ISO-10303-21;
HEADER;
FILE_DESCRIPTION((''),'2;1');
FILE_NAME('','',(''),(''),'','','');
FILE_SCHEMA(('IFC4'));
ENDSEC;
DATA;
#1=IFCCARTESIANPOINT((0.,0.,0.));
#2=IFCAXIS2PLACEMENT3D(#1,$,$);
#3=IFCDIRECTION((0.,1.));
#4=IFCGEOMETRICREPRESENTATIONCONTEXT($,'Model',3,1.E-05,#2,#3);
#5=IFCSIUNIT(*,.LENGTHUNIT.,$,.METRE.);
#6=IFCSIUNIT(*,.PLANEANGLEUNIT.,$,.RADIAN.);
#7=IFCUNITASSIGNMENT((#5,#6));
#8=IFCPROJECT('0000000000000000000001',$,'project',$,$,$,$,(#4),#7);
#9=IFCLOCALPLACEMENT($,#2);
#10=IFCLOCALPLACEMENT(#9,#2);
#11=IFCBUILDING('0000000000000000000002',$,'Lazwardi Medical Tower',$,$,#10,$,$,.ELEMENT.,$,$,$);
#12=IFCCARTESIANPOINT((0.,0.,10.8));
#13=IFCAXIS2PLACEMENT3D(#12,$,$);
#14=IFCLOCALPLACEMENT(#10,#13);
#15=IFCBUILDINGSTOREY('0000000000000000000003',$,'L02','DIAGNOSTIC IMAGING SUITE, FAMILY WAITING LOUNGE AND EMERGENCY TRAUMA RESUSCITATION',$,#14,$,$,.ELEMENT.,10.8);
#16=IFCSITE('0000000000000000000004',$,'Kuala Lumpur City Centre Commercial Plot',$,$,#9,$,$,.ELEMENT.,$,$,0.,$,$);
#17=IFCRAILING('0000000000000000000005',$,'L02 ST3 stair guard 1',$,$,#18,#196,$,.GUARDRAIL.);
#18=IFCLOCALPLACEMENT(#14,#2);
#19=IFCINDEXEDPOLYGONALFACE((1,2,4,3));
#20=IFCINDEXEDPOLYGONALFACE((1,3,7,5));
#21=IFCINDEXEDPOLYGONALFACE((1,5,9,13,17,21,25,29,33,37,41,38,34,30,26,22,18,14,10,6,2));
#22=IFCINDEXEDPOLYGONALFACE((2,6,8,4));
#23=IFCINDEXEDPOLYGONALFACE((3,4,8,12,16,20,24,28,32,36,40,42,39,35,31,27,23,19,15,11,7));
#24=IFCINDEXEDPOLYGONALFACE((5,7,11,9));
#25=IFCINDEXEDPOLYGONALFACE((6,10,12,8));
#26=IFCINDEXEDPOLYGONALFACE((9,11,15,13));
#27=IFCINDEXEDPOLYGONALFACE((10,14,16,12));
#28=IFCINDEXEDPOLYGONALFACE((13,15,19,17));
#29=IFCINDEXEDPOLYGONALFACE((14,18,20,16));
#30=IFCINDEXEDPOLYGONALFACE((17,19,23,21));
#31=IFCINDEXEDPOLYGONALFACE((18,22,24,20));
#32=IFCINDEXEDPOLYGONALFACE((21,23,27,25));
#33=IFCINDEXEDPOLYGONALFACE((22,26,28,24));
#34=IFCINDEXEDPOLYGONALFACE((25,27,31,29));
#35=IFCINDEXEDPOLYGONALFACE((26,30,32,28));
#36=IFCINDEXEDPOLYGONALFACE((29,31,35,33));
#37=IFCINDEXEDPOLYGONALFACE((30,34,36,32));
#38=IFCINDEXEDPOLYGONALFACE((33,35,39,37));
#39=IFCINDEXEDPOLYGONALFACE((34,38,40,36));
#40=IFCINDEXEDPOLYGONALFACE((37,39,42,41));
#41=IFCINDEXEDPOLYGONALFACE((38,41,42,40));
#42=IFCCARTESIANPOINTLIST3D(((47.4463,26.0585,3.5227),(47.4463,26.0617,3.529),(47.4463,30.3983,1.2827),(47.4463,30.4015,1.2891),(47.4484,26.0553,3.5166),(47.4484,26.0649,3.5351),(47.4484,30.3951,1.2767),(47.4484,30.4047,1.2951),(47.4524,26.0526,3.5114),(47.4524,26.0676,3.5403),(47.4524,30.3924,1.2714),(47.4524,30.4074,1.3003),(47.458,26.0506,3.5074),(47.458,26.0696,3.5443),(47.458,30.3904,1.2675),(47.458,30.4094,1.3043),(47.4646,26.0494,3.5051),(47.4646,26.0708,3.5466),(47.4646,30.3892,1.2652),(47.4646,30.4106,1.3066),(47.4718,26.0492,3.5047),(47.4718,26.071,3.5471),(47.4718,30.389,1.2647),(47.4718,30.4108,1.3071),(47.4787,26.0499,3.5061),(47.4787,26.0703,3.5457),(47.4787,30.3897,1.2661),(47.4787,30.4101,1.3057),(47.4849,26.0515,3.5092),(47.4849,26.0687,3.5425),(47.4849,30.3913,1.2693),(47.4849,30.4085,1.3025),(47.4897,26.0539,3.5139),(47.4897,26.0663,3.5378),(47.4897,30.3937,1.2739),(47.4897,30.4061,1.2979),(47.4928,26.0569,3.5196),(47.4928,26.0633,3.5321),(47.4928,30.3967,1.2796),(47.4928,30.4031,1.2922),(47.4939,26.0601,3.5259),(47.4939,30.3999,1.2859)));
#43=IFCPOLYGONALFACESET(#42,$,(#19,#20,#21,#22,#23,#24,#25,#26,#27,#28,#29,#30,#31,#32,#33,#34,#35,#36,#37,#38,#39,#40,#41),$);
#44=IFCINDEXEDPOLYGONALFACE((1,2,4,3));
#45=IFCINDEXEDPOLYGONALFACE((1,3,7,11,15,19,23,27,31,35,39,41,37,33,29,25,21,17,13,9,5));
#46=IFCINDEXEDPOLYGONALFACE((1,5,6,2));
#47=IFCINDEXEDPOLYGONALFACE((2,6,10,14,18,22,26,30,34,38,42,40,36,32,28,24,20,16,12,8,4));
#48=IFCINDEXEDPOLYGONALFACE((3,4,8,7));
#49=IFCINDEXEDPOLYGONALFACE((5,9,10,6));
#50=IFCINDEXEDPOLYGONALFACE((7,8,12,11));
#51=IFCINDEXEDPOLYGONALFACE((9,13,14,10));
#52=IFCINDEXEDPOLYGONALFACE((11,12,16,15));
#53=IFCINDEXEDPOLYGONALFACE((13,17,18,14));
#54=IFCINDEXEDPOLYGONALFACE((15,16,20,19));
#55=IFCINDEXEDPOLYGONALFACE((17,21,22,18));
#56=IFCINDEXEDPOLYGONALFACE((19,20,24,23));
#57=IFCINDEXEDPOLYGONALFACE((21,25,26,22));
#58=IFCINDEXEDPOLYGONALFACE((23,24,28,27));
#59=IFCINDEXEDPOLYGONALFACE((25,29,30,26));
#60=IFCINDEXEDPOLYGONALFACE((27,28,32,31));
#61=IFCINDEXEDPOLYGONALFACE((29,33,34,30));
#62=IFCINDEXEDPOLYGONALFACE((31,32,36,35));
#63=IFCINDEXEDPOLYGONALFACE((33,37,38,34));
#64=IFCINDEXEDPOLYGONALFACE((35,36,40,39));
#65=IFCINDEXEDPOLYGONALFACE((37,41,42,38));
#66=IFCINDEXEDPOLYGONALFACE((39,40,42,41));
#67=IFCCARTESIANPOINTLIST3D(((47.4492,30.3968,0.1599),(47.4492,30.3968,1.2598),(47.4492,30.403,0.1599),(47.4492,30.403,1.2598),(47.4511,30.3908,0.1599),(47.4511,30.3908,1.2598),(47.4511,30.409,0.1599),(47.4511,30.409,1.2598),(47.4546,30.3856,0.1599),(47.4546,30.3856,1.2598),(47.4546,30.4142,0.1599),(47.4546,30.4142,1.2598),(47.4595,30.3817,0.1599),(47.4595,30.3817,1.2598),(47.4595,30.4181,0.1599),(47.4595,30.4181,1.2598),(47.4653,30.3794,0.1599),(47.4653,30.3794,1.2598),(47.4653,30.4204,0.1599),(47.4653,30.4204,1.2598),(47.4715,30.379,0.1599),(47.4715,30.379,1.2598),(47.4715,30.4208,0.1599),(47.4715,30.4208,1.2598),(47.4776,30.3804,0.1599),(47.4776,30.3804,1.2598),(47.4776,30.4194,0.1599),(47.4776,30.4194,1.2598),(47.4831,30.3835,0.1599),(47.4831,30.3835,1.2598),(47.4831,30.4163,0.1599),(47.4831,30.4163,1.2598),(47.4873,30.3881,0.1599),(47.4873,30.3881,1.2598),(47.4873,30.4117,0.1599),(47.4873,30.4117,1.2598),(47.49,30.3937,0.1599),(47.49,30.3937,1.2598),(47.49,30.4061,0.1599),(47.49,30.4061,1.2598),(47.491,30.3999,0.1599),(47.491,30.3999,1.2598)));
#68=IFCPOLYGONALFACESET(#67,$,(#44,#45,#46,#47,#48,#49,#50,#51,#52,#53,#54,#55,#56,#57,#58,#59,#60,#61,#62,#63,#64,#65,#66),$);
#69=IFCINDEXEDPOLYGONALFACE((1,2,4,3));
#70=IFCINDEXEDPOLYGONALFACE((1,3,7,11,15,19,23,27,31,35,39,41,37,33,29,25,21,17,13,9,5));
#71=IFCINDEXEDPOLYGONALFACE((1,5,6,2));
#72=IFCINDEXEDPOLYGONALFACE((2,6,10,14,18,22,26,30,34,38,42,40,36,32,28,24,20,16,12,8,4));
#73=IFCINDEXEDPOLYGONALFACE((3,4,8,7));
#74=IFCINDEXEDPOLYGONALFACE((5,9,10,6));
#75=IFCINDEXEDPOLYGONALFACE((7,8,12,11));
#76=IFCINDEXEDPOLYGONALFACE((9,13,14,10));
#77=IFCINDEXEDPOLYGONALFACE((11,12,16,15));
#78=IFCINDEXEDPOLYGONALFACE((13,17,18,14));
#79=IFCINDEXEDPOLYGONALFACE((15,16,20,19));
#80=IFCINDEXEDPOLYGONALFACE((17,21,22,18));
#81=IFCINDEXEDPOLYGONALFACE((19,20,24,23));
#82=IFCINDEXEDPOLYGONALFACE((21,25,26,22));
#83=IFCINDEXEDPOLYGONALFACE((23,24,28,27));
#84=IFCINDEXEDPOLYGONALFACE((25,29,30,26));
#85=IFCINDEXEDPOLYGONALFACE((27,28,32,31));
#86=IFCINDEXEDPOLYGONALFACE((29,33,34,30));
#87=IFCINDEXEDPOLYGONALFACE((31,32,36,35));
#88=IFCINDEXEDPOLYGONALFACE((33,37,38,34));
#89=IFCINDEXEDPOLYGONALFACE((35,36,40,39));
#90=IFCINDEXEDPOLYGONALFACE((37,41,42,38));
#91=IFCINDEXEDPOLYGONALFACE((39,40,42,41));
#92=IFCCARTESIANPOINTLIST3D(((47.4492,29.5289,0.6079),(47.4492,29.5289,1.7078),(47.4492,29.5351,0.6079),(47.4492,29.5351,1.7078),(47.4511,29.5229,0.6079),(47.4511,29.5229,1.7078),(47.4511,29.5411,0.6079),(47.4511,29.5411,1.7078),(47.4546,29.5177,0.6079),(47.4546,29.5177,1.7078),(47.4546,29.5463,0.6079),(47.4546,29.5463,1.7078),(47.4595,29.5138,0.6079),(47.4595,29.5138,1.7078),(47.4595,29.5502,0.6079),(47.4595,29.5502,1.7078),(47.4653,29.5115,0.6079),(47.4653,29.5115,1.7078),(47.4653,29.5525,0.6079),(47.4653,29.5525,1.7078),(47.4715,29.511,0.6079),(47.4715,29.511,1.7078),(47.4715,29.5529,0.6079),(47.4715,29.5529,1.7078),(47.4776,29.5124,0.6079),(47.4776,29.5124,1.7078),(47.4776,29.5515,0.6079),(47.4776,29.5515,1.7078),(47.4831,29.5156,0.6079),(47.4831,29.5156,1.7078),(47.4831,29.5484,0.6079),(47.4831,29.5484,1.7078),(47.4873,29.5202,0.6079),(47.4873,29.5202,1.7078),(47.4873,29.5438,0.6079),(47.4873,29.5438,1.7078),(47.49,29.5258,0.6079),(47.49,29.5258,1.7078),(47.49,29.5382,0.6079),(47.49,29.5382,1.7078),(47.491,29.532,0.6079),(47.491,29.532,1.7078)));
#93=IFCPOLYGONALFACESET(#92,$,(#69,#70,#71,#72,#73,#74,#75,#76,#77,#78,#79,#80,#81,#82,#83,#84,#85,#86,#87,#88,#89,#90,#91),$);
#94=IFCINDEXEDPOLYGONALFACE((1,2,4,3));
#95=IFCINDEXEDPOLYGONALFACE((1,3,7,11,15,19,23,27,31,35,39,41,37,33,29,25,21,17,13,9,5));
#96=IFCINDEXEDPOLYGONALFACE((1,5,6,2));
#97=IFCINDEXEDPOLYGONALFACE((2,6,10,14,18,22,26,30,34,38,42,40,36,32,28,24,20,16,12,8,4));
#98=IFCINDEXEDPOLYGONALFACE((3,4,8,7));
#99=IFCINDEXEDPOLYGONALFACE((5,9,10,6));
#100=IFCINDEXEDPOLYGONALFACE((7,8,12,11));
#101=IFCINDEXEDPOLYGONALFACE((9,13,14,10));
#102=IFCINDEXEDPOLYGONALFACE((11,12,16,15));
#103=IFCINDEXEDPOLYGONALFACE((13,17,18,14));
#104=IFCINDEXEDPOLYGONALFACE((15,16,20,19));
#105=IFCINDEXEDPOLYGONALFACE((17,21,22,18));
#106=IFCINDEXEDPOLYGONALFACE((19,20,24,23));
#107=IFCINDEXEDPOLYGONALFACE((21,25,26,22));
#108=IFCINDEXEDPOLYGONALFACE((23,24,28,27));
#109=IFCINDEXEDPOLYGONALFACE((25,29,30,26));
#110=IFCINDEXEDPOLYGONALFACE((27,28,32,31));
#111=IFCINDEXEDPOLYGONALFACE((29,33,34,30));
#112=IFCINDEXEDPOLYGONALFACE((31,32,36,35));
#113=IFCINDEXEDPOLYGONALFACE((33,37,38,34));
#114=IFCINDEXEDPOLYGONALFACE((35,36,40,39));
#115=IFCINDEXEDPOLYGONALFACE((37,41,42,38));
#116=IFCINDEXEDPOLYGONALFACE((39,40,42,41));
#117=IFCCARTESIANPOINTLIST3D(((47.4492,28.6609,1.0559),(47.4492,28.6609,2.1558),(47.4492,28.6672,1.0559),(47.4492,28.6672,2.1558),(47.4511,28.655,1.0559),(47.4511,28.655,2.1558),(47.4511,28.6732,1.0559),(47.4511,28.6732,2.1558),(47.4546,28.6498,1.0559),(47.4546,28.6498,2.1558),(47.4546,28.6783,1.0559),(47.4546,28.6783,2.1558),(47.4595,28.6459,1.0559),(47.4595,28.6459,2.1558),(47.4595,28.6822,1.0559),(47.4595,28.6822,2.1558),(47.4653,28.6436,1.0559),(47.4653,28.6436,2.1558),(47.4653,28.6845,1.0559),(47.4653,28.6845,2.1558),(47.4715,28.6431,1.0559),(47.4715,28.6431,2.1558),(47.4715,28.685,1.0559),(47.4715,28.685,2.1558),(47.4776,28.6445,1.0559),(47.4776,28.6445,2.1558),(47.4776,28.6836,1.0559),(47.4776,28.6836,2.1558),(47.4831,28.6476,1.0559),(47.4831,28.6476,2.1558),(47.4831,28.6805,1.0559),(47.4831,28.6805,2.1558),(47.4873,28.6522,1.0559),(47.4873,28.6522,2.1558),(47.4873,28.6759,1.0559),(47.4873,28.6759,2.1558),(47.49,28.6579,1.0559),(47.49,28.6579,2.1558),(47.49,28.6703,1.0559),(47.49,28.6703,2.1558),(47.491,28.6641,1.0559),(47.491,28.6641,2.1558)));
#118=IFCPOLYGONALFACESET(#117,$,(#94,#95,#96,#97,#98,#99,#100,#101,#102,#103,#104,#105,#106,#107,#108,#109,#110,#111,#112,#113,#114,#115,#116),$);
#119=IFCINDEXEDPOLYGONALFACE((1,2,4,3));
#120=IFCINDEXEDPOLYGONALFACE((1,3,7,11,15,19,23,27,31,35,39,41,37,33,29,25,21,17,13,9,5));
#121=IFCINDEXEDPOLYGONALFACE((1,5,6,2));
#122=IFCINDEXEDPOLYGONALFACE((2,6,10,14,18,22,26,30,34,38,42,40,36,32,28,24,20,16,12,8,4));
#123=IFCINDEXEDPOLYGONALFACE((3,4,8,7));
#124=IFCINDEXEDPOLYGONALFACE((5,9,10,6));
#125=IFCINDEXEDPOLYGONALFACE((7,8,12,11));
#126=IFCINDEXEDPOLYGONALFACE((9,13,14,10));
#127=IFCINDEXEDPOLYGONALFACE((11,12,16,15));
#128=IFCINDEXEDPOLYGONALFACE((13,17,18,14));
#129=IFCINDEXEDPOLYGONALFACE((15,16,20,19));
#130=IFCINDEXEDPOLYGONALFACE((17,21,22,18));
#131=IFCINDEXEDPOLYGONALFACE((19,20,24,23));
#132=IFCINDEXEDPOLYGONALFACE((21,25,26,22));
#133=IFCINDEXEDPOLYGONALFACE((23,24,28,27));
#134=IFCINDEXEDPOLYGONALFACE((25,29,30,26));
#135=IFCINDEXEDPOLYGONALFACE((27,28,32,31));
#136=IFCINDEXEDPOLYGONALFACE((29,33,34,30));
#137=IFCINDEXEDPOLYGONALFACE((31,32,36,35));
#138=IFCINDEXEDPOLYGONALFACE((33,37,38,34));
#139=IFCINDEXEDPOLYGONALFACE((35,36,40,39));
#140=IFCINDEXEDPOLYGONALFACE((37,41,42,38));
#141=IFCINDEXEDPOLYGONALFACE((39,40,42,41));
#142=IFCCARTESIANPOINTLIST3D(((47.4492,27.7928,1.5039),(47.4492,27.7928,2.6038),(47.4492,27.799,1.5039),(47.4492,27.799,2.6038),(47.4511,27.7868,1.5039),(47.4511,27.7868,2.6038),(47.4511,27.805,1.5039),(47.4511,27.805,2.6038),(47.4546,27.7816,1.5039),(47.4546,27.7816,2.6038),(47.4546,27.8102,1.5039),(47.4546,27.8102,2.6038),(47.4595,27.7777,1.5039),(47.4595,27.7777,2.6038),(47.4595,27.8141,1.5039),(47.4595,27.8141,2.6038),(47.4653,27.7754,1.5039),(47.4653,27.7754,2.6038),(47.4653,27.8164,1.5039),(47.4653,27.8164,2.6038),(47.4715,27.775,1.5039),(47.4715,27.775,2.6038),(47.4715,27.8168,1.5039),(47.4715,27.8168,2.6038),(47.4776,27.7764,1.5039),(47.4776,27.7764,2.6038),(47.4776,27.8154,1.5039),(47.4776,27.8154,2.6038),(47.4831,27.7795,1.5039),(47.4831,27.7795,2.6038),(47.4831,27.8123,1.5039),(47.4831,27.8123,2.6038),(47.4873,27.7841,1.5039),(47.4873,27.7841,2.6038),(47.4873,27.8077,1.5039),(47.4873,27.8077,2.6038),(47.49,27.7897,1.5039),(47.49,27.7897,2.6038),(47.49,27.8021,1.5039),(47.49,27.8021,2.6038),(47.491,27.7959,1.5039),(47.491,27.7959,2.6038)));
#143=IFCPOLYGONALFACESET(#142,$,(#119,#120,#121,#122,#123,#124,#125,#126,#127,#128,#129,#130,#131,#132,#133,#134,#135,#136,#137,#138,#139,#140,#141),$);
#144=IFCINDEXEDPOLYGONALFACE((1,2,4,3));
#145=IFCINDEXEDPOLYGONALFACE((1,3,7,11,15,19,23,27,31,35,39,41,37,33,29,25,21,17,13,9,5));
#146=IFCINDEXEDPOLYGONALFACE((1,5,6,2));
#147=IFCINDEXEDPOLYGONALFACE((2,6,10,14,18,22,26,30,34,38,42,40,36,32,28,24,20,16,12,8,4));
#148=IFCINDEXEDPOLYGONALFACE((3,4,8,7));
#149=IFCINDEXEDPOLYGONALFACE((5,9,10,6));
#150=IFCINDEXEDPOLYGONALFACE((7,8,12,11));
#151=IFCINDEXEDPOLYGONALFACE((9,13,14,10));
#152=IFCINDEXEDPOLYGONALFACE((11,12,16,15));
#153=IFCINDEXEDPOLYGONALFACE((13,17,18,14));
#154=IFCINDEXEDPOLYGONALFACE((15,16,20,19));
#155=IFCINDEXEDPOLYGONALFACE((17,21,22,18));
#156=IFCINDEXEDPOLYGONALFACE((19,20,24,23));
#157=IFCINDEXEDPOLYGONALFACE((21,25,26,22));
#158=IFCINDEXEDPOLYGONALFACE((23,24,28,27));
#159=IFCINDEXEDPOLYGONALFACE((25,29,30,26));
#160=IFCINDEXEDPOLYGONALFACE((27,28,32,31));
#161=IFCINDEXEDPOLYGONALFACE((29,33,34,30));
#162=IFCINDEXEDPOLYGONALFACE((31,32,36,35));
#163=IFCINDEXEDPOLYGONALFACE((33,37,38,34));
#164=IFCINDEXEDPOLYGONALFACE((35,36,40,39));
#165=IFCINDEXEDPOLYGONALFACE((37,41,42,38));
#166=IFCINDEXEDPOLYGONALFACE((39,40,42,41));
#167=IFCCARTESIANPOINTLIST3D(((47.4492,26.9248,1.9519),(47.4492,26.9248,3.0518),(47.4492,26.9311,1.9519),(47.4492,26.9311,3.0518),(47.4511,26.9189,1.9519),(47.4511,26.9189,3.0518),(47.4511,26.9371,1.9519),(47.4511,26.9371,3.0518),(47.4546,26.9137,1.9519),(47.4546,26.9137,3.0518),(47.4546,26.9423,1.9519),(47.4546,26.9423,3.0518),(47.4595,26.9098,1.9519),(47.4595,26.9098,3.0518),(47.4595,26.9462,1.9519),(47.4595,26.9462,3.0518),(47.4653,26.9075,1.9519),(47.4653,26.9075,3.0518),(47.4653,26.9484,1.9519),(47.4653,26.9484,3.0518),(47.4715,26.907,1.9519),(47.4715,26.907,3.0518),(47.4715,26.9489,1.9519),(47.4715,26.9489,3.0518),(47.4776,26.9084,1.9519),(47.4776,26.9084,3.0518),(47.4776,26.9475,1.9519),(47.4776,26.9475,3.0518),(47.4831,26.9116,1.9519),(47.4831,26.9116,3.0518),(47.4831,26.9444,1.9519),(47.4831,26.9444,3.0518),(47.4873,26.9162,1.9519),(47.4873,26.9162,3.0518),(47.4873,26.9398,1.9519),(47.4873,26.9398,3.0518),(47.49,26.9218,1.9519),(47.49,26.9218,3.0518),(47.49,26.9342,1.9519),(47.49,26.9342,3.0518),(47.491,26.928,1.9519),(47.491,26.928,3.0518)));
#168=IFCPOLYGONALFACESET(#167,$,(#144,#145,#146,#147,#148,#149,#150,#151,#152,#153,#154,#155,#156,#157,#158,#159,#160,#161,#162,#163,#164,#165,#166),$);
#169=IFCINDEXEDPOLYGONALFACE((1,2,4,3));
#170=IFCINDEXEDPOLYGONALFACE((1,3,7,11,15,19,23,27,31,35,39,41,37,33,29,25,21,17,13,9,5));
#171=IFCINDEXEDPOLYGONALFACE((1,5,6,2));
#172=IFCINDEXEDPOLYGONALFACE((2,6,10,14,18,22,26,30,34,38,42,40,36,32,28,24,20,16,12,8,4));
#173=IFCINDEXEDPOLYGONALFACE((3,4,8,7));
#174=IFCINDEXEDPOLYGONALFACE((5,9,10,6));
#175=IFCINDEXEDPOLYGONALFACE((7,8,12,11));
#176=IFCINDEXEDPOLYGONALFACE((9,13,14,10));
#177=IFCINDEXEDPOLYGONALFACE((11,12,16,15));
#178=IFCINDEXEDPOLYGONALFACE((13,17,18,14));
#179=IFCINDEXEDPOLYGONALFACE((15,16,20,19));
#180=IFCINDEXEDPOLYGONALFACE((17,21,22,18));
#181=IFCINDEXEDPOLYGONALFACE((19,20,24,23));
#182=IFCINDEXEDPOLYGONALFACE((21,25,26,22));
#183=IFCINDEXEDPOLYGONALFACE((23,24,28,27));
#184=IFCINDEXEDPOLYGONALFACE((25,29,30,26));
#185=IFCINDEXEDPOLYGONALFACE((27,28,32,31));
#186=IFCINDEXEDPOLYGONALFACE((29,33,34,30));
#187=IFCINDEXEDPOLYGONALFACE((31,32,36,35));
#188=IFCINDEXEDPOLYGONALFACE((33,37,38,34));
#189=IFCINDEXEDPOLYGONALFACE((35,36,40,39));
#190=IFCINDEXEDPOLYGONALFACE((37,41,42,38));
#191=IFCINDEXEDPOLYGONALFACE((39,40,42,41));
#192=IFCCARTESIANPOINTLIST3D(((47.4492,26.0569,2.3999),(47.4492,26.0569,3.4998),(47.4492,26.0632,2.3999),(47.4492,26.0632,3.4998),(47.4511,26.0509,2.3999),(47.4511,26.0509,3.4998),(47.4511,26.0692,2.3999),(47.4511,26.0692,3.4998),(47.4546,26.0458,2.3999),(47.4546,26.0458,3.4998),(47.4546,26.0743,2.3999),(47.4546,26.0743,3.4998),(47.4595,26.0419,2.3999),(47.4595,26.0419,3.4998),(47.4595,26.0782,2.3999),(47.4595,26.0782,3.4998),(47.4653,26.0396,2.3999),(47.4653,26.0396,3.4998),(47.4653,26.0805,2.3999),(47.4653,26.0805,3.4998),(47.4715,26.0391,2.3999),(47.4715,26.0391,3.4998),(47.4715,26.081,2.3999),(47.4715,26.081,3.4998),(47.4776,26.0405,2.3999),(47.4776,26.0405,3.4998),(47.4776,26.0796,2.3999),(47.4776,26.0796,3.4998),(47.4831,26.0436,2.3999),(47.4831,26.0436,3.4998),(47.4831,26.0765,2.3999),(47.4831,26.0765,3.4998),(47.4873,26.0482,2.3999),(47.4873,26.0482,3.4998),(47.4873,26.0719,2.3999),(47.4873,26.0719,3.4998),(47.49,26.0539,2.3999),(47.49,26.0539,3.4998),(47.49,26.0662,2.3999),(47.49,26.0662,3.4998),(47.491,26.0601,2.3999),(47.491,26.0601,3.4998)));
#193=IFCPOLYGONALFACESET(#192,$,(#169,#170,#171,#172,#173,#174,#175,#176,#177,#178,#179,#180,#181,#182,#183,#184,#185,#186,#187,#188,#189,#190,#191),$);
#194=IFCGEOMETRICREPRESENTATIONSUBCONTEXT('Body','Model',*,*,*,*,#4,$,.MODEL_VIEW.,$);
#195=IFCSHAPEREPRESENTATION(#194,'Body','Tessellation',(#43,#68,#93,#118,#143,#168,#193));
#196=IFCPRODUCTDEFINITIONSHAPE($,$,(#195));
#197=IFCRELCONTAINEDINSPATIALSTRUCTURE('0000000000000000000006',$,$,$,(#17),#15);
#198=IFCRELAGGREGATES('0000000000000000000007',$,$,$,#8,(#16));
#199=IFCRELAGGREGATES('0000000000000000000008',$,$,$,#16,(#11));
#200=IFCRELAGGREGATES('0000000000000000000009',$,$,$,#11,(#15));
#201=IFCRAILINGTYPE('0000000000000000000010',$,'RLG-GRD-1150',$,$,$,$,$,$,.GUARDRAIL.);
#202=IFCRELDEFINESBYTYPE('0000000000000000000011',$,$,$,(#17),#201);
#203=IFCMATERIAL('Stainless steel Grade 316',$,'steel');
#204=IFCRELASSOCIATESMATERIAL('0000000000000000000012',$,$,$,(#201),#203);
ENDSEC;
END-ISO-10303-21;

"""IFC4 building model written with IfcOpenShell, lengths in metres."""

from ifc_helpers import new_model, si_unit, direction, frame, origin, origin_2d, place, context, subcontext, project, spatial, circle, extrude, material, type_object, element, save


model = new_model("IFC4")

# Units and contexts
model_context = context("Model", 3, precision=1e-05, world=origin(), true_north=direction((0.0, 1.0)))
body_context = subcontext(model_context, "Body", "Model", "MODEL_VIEW")
ifc_project = project(units=[si_unit("LENGTHUNIT", "METRE"), si_unit("PLANEANGLEUNIT", "RADIAN")], contexts=[model_context])

# Site, building, storey
site_placement = place(None, origin())
site = spatial("IfcSite", under=ifc_project, at=site_placement, Name="Kuala Lumpur City Centre Commercial Plot", CompositionType="ELEMENT", RefElevation=0.0)
building_placement = place(site_placement, origin())
building = spatial("IfcBuilding", under=site, at=building_placement, Name="Lazwardi Medical Tower", CompositionType="ELEMENT")
storey_placement = place(building_placement, frame((0.0, 0.0, 10.8)))
storey = spatial("IfcBuildingStorey", under=building, at=storey_placement, Name="L02", Description="DIAGNOSTIC IMAGING SUITE, FAMILY WAITING LOUNGE AND EMERGENCY TRAUMA RESUSCITATION", CompositionType="ELEMENT", Elevation=10.8)

# Railing
ifc_material_1 = material(Name="Stainless steel Grade 316", Category="steel")
railing_type_1 = type_object("IfcRailingType", Name="RLG-GRD-1150", PredefinedType="GUARDRAIL", material=ifc_material_1)
railing_1_placement = place(storey_placement, frame((47.47, 30.3999, 0.1599)))
element("IfcRailing", 1, at=railing_1_placement, inside=storey, type_object=railing_type_1, Name="L02 ST3 stair guard 1", PredefinedType="GUARDRAIL", context=body_context, shape_type="SweptSolid", body=[
    extrude(circle(Radius=0.0239, at=origin_2d()), frame((0.0, 0.0, 1.126), z_axis=(0.0, -0.888615, 0.458654), x_axis=(1.0, 0.0, 0.0)), (0.0, 0.0, 1.0), 4.8838),
    extrude(circle(Radius=0.021, at=origin_2d()), origin(), (0.0, 0.0, 1.0), 1.0999),
    extrude(circle(Radius=0.021, at=origin_2d()), frame((0.0, -0.8679, 0.448)), (0.0, 0.0, 1.0), 1.0999),
    extrude(circle(Radius=0.021, at=origin_2d()), frame((0.0, -1.7358, 0.896)), (0.0, 0.0, 1.0), 1.0999),
    extrude(circle(Radius=0.021, at=origin_2d()), frame((0.0, -2.604, 1.344)), (0.0, 0.0, 1.0), 1.0999),
    extrude(circle(Radius=0.021, at=origin_2d()), frame((0.0, -3.4719, 1.792)), (0.0, 0.0, 1.0), 1.0999),
    extrude(circle(Radius=0.021, at=origin_2d()), frame((0.0, -4.3398, 2.24)), (0.0, 0.0, 1.0), 1.0999),
])

save(model, "model.ifc")
